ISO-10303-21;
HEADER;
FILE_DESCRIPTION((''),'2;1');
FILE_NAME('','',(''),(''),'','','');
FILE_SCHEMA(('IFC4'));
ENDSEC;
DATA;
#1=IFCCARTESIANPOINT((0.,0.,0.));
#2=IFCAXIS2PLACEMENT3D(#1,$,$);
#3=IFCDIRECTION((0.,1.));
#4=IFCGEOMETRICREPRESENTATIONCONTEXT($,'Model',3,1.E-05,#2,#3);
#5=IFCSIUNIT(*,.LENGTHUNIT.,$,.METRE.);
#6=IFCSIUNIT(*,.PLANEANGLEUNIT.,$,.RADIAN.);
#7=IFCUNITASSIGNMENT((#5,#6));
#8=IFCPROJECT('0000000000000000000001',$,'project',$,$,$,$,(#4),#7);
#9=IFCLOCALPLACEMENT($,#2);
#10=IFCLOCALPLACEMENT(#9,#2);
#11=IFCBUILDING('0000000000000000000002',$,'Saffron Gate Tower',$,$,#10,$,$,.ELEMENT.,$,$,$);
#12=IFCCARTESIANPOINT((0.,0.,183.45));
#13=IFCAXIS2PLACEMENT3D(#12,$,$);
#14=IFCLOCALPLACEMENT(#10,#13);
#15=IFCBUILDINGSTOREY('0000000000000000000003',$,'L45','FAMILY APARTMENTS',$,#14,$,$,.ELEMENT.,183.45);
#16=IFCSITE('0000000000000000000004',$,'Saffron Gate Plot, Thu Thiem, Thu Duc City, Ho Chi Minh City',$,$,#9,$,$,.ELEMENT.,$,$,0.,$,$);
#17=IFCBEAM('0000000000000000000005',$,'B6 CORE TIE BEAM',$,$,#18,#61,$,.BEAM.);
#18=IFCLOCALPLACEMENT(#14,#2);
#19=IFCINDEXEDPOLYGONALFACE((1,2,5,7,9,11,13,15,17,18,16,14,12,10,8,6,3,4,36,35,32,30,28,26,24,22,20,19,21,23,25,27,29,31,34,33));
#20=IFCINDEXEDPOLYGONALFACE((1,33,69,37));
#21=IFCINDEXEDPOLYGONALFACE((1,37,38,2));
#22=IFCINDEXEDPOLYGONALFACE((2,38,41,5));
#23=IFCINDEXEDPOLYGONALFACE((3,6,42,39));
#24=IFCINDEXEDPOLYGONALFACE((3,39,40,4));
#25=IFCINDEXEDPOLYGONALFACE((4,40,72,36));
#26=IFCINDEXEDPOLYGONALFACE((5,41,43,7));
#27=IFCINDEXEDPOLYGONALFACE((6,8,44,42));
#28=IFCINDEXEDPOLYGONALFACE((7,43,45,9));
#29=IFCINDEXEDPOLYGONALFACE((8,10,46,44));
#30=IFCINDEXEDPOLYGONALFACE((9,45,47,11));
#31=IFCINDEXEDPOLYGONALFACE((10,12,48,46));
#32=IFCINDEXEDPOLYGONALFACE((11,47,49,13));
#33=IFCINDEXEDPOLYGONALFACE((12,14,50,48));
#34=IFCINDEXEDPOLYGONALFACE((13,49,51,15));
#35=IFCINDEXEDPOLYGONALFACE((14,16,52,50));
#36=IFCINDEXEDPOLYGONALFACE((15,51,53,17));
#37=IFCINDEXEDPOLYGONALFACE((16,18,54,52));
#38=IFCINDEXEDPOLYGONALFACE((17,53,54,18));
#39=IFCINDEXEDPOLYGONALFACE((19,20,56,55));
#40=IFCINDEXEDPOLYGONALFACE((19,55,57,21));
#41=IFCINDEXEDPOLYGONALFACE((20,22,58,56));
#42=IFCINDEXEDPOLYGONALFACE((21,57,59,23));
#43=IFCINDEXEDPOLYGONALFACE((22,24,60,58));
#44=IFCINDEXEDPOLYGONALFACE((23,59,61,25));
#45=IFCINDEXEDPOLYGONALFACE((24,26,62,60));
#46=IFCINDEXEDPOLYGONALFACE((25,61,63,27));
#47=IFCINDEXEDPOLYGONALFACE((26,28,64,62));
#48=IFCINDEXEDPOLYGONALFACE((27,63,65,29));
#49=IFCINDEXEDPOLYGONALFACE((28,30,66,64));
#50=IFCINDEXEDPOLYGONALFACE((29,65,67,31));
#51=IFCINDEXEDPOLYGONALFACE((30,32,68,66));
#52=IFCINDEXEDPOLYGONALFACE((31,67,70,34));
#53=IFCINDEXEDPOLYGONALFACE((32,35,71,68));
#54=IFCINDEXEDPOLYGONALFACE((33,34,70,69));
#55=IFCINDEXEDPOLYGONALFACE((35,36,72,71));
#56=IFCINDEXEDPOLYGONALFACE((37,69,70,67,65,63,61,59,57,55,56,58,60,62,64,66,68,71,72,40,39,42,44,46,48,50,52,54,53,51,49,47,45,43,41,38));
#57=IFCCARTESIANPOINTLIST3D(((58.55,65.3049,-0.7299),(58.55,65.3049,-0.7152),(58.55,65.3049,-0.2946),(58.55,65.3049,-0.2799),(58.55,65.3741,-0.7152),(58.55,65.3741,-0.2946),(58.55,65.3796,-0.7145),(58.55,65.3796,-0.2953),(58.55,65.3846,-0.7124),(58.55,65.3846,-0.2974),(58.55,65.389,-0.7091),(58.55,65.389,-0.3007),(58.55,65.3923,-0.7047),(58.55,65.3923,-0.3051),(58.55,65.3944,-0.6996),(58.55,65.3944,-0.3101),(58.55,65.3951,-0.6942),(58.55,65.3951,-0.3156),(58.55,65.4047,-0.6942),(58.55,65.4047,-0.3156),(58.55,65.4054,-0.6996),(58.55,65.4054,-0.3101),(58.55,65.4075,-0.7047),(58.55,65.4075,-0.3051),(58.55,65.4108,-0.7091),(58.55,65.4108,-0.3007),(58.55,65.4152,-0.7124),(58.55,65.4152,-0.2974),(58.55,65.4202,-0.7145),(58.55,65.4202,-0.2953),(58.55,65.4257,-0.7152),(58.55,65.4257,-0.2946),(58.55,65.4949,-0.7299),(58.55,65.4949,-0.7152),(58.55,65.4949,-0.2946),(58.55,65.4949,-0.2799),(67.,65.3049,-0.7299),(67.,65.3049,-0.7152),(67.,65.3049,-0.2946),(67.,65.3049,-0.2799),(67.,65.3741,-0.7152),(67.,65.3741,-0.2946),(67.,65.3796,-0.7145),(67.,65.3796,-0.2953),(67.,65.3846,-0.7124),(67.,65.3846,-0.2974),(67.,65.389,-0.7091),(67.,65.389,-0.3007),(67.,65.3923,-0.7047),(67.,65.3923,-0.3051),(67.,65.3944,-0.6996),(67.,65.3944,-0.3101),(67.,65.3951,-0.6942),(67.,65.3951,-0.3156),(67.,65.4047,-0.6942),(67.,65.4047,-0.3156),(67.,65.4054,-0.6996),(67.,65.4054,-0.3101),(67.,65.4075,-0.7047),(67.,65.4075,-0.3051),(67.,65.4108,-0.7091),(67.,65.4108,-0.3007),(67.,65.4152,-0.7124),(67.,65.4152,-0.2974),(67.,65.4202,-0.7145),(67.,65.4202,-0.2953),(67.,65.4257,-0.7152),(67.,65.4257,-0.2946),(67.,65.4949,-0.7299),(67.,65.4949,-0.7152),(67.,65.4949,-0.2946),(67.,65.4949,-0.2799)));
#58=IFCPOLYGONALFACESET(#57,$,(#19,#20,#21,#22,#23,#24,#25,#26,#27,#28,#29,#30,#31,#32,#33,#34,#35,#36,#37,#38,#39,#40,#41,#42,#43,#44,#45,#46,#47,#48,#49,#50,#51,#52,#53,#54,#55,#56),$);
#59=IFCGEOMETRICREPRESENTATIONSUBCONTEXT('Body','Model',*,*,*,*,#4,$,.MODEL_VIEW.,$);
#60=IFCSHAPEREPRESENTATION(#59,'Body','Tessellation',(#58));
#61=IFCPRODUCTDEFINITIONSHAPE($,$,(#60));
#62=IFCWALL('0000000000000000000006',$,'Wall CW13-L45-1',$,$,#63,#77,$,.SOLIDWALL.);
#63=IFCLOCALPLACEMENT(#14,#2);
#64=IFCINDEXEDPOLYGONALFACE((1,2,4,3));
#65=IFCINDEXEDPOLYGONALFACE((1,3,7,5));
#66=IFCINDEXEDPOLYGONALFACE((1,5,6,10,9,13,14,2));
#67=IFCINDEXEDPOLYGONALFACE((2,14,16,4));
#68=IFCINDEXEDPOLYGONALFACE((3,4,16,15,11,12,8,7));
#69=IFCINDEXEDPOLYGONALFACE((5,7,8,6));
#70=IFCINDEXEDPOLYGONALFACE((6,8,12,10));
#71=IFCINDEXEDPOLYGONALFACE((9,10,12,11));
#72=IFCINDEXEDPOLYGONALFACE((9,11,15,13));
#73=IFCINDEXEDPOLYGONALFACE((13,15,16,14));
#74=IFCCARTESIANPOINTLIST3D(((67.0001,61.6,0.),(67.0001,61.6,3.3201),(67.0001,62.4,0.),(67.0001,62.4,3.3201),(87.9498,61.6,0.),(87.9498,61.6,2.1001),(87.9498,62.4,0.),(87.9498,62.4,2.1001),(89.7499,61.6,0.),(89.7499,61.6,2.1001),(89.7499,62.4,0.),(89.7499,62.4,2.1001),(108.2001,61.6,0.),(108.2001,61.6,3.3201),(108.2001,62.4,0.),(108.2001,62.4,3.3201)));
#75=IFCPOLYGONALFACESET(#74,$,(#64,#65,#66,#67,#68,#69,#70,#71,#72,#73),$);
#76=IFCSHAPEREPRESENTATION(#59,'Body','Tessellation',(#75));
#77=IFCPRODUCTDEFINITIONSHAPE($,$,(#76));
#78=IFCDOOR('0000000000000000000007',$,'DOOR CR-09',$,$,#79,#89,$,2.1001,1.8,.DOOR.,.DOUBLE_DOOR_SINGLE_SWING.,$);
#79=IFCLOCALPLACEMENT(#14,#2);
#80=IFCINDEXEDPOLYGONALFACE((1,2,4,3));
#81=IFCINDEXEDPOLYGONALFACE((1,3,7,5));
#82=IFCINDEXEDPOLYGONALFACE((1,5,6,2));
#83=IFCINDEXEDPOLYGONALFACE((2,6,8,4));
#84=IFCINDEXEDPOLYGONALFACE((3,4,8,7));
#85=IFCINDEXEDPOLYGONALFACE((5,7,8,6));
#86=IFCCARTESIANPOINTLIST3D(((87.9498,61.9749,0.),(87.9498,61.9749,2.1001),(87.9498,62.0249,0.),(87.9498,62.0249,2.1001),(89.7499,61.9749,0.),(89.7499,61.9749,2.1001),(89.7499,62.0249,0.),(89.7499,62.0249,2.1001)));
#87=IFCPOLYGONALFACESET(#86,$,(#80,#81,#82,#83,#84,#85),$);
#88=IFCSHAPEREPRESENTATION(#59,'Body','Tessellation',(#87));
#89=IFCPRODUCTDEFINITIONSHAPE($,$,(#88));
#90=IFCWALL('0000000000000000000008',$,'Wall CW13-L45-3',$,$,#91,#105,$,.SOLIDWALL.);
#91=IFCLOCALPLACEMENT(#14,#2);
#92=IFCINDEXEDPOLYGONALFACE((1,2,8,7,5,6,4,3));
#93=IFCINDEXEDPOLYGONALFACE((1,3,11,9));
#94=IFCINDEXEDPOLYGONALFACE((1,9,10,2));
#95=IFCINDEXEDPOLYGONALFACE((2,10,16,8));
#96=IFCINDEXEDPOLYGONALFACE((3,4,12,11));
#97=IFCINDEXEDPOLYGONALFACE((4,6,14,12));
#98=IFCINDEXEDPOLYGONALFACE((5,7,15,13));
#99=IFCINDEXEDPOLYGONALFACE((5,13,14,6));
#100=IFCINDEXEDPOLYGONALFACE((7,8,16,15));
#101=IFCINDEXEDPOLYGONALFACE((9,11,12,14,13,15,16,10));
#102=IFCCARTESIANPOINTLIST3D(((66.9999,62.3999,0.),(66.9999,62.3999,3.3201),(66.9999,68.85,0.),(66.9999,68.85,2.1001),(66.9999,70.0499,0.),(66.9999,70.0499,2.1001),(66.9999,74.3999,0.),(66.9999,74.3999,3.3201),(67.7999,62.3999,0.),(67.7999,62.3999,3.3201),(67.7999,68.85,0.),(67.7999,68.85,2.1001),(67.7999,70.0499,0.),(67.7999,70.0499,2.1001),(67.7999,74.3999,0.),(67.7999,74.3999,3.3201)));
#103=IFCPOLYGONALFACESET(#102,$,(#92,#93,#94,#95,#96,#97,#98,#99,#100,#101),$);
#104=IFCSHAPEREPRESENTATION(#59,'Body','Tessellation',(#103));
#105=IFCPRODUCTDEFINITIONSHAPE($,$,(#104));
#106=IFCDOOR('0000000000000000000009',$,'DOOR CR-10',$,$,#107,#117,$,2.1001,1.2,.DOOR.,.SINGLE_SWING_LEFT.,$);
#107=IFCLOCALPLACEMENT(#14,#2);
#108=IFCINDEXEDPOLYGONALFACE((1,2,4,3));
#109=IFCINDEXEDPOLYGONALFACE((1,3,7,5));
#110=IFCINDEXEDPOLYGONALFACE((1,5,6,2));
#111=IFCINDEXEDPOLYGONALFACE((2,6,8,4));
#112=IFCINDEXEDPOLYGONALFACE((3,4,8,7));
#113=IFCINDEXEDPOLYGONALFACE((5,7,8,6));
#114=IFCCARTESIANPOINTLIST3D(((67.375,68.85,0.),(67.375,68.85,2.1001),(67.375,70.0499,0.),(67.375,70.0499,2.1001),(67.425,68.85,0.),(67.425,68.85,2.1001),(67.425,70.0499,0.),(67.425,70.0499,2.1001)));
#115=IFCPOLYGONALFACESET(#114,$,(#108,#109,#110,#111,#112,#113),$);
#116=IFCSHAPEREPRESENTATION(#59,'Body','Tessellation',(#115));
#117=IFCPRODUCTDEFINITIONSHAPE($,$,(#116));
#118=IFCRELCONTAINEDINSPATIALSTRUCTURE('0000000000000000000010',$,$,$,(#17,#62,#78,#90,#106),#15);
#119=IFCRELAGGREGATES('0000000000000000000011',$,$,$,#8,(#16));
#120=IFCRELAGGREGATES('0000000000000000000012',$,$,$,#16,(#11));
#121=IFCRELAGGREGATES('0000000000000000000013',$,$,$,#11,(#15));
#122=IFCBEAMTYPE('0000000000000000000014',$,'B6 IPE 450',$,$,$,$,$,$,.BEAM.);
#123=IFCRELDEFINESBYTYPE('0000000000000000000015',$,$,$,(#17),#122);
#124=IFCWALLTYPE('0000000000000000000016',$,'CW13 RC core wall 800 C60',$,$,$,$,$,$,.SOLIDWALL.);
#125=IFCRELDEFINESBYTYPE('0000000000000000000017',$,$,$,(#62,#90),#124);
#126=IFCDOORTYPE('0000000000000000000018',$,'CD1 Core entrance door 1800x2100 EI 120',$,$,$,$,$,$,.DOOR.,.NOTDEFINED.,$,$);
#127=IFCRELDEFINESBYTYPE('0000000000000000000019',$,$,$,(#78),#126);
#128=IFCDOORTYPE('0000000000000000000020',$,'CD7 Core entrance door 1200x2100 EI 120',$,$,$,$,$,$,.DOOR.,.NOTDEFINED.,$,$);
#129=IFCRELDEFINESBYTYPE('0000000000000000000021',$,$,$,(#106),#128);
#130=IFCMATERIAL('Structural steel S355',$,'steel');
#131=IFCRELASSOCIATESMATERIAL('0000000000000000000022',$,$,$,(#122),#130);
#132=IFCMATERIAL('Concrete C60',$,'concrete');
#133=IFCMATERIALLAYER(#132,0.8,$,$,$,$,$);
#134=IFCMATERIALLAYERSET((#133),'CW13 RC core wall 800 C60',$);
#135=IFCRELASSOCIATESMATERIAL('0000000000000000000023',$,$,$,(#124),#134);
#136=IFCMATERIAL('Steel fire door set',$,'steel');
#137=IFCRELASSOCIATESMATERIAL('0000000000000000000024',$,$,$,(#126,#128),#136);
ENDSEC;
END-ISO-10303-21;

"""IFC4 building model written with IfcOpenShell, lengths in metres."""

from ifc_helpers import new_model, si_unit, direction, frame, frame_2d, origin, origin_2d, place, context, subcontext, project, spatial, rectangle, i_section, extrude, material, layer, layer_set, material_profile, profile_set, type_object, element, fill, save


model = new_model("IFC4")

# Units and contexts
model_context = context("Model", 3, precision=1e-05, world=origin(), true_north=direction((0.0, 1.0)))
body_context = subcontext(model_context, "Body", "Model", "MODEL_VIEW")
ifc_project = project(units=[si_unit("LENGTHUNIT", "METRE"), si_unit("PLANEANGLEUNIT", "RADIAN")], contexts=[model_context])

# Site, building, storey
site_placement = place(None, origin())
site = spatial("IfcSite", under=ifc_project, at=site_placement, Name="Saffron Gate Plot, Thu Thiem, Thu Duc City, Ho Chi Minh City", CompositionType="ELEMENT", RefElevation=0.0)
building_placement = place(site_placement, origin())
building = spatial("IfcBuilding", under=site, at=building_placement, Name="Saffron Gate Tower", CompositionType="ELEMENT")
storey_placement = place(building_placement, frame((0.0, 0.0, 183.45)))
storey = spatial("IfcBuildingStorey", under=building, at=storey_placement, Name="L45", Description="FAMILY APARTMENTS", CompositionType="ELEMENT", Elevation=183.45)

# Beam
ifc_material_1 = material(Name="Structural steel S355", Category="steel")
ifc_material_profile = material_profile(ifc_material_1, i_section(OverallWidth=0.1899, OverallDepth=0.45, WebThickness=0.0095, FlangeThickness=0.0146, FilletRadius=0.021, at=origin_2d()))
ifc_profile_set = profile_set([ifc_material_profile], Name="Structural steel S355")
beam_type = type_object("IfcBeamType", Name="B6 IPE 450", PredefinedType="BEAM", material=ifc_profile_set)
beam_placement = place(storey_placement, frame((58.55, 65.3999, -0.5049), z_axis=(1.0, 0.0, 0.0), x_axis=(0.0, 1.0, 0.0)))
element("IfcBeam", 1, at=beam_placement, inside=storey, type_object=beam_type, Name="B6 CORE TIE BEAM", PredefinedType="BEAM", context=body_context, shape_type="SweptSolid", body=[
    extrude(i_section(OverallWidth=0.1899, OverallDepth=0.45, WebThickness=0.0095, FlangeThickness=0.0146, FilletRadius=0.021, at=origin_2d()), origin(), (0.0, 0.0, 1.0), 8.45),
])

# Walls, openings, doors
ifc_material_2 = material(Name="Concrete C60", Category="concrete")
ifc_layer_1 = layer(ifc_material_2, 0.8)
ifc_layer_set_1 = layer_set([ifc_layer_1], Name="CW13 RC core wall 800 C60")
wall_type_1 = type_object("IfcWallType", Name="CW13 RC core wall 800 C60", PredefinedType="SOLIDWALL", material=ifc_layer_set_1)
wall_1_placement = place(storey_placement, frame((67.0, 62.0, 0.0), z_axis=(0.0, 0.0, 1.0), x_axis=(1.0, 0.0, 0.0)))
wall_1 = element("IfcWall", 2, at=wall_1_placement, inside=storey, type_object=wall_type_1, Name="Wall CW13-L45-1", PredefinedType="SOLIDWALL", context=body_context, shape_type="SweptSolid", body=[
    extrude(rectangle(XDim=41.2, YDim=0.8, at=frame_2d((20.6001, 0.0))), origin(), (0.0, 0.0, 1.0), 3.3201),
])
opening_1_placement = place(wall_1_placement, frame((20.95, 0.0, 0.0)))
opening_1 = element("IfcOpeningElement", 3, at=opening_1_placement, cuts=wall_1, PredefinedType="OPENING", context=body_context, shape_type="SweptSolid", body=[
    extrude(rectangle(XDim=1.8, YDim=2.1001, at=frame_2d((0.8999, 1.05))), frame((0.0, 0.4102, 0.0), z_axis=(0.0, -1.0, 0.0), x_axis=(1.0, 0.0, 0.0)), (0.0, 0.0, 1.0), 0.8201),
])
ifc_material_3 = material(Name="Steel fire door set", Category="steel")
door_type_1 = type_object("IfcDoorType", Name="CD1 Core entrance door 1800x2100 EI 120", OperationType="NOTDEFINED", PredefinedType="DOOR", material=ifc_material_3)
door_1_placement = place(opening_1_placement, origin())
door_1 = element("IfcDoor", 4, at=door_1_placement, inside=storey, type_object=door_type_1, Name="DOOR CR-09", OperationType="DOUBLE_DOOR_SINGLE_SWING", OverallHeight=2.1001, OverallWidth=1.8, PredefinedType="DOOR", context=body_context, shape_type="SweptSolid", body=[
    extrude(rectangle(XDim=1.8, YDim=2.1001, at=frame_2d((0.8999, 1.05))), frame((0.0, 0.0249, 0.0), z_axis=(0.0, -1.0, 0.0), x_axis=(1.0, 0.0, 0.0)), (0.0, 0.0, 1.0), 0.05),
])
fill(opening_1, door_1)
wall_2_placement = place(storey_placement, frame((67.3999, 62.3999, 0.0), z_axis=(0.0, 0.0, 1.0), x_axis=(0.0, 1.0, 0.0)))
wall_2 = element("IfcWall", 5, at=wall_2_placement, inside=storey, type_object=wall_type_1, Name="Wall CW13-L45-3", PredefinedType="SOLIDWALL", context=body_context, shape_type="SweptSolid", body=[
    extrude(rectangle(XDim=12.0, YDim=0.8, at=frame_2d((6.0, 0.0))), origin(), (0.0, 0.0, 1.0), 3.3201),
])
opening_2_placement = place(wall_2_placement, frame((6.45, 0.0, 0.0)))
opening_2 = element("IfcOpeningElement", 6, at=opening_2_placement, cuts=wall_2, PredefinedType="OPENING", context=body_context, shape_type="SweptSolid", body=[
    extrude(rectangle(XDim=1.2, YDim=2.1001, at=frame_2d((0.6001, 1.05))), frame((0.0, 0.4102, 0.0), z_axis=(0.0, -1.0, 0.0), x_axis=(1.0, 0.0, 0.0)), (0.0, 0.0, 1.0), 0.8201),
])
door_type_2 = type_object("IfcDoorType", Name="CD7 Core entrance door 1200x2100 EI 120", OperationType="NOTDEFINED", PredefinedType="DOOR", material=ifc_material_3)
door_2_placement = place(opening_2_placement, origin())
door_2 = element("IfcDoor", 7, at=door_2_placement, inside=storey, type_object=door_type_2, Name="DOOR CR-10", OperationType="SINGLE_SWING_LEFT", OverallHeight=2.1001, OverallWidth=1.2, PredefinedType="DOOR", context=body_context, shape_type="SweptSolid", body=[
    extrude(rectangle(XDim=1.2, YDim=2.1001, at=frame_2d((0.6001, 1.05))), frame((0.0, 0.0249, 0.0), z_axis=(0.0, -1.0, 0.0), x_axis=(1.0, 0.0, 0.0)), (0.0, 0.0, 1.0), 0.05),
])
fill(opening_2, door_2)

save(model, "model.ifc")
